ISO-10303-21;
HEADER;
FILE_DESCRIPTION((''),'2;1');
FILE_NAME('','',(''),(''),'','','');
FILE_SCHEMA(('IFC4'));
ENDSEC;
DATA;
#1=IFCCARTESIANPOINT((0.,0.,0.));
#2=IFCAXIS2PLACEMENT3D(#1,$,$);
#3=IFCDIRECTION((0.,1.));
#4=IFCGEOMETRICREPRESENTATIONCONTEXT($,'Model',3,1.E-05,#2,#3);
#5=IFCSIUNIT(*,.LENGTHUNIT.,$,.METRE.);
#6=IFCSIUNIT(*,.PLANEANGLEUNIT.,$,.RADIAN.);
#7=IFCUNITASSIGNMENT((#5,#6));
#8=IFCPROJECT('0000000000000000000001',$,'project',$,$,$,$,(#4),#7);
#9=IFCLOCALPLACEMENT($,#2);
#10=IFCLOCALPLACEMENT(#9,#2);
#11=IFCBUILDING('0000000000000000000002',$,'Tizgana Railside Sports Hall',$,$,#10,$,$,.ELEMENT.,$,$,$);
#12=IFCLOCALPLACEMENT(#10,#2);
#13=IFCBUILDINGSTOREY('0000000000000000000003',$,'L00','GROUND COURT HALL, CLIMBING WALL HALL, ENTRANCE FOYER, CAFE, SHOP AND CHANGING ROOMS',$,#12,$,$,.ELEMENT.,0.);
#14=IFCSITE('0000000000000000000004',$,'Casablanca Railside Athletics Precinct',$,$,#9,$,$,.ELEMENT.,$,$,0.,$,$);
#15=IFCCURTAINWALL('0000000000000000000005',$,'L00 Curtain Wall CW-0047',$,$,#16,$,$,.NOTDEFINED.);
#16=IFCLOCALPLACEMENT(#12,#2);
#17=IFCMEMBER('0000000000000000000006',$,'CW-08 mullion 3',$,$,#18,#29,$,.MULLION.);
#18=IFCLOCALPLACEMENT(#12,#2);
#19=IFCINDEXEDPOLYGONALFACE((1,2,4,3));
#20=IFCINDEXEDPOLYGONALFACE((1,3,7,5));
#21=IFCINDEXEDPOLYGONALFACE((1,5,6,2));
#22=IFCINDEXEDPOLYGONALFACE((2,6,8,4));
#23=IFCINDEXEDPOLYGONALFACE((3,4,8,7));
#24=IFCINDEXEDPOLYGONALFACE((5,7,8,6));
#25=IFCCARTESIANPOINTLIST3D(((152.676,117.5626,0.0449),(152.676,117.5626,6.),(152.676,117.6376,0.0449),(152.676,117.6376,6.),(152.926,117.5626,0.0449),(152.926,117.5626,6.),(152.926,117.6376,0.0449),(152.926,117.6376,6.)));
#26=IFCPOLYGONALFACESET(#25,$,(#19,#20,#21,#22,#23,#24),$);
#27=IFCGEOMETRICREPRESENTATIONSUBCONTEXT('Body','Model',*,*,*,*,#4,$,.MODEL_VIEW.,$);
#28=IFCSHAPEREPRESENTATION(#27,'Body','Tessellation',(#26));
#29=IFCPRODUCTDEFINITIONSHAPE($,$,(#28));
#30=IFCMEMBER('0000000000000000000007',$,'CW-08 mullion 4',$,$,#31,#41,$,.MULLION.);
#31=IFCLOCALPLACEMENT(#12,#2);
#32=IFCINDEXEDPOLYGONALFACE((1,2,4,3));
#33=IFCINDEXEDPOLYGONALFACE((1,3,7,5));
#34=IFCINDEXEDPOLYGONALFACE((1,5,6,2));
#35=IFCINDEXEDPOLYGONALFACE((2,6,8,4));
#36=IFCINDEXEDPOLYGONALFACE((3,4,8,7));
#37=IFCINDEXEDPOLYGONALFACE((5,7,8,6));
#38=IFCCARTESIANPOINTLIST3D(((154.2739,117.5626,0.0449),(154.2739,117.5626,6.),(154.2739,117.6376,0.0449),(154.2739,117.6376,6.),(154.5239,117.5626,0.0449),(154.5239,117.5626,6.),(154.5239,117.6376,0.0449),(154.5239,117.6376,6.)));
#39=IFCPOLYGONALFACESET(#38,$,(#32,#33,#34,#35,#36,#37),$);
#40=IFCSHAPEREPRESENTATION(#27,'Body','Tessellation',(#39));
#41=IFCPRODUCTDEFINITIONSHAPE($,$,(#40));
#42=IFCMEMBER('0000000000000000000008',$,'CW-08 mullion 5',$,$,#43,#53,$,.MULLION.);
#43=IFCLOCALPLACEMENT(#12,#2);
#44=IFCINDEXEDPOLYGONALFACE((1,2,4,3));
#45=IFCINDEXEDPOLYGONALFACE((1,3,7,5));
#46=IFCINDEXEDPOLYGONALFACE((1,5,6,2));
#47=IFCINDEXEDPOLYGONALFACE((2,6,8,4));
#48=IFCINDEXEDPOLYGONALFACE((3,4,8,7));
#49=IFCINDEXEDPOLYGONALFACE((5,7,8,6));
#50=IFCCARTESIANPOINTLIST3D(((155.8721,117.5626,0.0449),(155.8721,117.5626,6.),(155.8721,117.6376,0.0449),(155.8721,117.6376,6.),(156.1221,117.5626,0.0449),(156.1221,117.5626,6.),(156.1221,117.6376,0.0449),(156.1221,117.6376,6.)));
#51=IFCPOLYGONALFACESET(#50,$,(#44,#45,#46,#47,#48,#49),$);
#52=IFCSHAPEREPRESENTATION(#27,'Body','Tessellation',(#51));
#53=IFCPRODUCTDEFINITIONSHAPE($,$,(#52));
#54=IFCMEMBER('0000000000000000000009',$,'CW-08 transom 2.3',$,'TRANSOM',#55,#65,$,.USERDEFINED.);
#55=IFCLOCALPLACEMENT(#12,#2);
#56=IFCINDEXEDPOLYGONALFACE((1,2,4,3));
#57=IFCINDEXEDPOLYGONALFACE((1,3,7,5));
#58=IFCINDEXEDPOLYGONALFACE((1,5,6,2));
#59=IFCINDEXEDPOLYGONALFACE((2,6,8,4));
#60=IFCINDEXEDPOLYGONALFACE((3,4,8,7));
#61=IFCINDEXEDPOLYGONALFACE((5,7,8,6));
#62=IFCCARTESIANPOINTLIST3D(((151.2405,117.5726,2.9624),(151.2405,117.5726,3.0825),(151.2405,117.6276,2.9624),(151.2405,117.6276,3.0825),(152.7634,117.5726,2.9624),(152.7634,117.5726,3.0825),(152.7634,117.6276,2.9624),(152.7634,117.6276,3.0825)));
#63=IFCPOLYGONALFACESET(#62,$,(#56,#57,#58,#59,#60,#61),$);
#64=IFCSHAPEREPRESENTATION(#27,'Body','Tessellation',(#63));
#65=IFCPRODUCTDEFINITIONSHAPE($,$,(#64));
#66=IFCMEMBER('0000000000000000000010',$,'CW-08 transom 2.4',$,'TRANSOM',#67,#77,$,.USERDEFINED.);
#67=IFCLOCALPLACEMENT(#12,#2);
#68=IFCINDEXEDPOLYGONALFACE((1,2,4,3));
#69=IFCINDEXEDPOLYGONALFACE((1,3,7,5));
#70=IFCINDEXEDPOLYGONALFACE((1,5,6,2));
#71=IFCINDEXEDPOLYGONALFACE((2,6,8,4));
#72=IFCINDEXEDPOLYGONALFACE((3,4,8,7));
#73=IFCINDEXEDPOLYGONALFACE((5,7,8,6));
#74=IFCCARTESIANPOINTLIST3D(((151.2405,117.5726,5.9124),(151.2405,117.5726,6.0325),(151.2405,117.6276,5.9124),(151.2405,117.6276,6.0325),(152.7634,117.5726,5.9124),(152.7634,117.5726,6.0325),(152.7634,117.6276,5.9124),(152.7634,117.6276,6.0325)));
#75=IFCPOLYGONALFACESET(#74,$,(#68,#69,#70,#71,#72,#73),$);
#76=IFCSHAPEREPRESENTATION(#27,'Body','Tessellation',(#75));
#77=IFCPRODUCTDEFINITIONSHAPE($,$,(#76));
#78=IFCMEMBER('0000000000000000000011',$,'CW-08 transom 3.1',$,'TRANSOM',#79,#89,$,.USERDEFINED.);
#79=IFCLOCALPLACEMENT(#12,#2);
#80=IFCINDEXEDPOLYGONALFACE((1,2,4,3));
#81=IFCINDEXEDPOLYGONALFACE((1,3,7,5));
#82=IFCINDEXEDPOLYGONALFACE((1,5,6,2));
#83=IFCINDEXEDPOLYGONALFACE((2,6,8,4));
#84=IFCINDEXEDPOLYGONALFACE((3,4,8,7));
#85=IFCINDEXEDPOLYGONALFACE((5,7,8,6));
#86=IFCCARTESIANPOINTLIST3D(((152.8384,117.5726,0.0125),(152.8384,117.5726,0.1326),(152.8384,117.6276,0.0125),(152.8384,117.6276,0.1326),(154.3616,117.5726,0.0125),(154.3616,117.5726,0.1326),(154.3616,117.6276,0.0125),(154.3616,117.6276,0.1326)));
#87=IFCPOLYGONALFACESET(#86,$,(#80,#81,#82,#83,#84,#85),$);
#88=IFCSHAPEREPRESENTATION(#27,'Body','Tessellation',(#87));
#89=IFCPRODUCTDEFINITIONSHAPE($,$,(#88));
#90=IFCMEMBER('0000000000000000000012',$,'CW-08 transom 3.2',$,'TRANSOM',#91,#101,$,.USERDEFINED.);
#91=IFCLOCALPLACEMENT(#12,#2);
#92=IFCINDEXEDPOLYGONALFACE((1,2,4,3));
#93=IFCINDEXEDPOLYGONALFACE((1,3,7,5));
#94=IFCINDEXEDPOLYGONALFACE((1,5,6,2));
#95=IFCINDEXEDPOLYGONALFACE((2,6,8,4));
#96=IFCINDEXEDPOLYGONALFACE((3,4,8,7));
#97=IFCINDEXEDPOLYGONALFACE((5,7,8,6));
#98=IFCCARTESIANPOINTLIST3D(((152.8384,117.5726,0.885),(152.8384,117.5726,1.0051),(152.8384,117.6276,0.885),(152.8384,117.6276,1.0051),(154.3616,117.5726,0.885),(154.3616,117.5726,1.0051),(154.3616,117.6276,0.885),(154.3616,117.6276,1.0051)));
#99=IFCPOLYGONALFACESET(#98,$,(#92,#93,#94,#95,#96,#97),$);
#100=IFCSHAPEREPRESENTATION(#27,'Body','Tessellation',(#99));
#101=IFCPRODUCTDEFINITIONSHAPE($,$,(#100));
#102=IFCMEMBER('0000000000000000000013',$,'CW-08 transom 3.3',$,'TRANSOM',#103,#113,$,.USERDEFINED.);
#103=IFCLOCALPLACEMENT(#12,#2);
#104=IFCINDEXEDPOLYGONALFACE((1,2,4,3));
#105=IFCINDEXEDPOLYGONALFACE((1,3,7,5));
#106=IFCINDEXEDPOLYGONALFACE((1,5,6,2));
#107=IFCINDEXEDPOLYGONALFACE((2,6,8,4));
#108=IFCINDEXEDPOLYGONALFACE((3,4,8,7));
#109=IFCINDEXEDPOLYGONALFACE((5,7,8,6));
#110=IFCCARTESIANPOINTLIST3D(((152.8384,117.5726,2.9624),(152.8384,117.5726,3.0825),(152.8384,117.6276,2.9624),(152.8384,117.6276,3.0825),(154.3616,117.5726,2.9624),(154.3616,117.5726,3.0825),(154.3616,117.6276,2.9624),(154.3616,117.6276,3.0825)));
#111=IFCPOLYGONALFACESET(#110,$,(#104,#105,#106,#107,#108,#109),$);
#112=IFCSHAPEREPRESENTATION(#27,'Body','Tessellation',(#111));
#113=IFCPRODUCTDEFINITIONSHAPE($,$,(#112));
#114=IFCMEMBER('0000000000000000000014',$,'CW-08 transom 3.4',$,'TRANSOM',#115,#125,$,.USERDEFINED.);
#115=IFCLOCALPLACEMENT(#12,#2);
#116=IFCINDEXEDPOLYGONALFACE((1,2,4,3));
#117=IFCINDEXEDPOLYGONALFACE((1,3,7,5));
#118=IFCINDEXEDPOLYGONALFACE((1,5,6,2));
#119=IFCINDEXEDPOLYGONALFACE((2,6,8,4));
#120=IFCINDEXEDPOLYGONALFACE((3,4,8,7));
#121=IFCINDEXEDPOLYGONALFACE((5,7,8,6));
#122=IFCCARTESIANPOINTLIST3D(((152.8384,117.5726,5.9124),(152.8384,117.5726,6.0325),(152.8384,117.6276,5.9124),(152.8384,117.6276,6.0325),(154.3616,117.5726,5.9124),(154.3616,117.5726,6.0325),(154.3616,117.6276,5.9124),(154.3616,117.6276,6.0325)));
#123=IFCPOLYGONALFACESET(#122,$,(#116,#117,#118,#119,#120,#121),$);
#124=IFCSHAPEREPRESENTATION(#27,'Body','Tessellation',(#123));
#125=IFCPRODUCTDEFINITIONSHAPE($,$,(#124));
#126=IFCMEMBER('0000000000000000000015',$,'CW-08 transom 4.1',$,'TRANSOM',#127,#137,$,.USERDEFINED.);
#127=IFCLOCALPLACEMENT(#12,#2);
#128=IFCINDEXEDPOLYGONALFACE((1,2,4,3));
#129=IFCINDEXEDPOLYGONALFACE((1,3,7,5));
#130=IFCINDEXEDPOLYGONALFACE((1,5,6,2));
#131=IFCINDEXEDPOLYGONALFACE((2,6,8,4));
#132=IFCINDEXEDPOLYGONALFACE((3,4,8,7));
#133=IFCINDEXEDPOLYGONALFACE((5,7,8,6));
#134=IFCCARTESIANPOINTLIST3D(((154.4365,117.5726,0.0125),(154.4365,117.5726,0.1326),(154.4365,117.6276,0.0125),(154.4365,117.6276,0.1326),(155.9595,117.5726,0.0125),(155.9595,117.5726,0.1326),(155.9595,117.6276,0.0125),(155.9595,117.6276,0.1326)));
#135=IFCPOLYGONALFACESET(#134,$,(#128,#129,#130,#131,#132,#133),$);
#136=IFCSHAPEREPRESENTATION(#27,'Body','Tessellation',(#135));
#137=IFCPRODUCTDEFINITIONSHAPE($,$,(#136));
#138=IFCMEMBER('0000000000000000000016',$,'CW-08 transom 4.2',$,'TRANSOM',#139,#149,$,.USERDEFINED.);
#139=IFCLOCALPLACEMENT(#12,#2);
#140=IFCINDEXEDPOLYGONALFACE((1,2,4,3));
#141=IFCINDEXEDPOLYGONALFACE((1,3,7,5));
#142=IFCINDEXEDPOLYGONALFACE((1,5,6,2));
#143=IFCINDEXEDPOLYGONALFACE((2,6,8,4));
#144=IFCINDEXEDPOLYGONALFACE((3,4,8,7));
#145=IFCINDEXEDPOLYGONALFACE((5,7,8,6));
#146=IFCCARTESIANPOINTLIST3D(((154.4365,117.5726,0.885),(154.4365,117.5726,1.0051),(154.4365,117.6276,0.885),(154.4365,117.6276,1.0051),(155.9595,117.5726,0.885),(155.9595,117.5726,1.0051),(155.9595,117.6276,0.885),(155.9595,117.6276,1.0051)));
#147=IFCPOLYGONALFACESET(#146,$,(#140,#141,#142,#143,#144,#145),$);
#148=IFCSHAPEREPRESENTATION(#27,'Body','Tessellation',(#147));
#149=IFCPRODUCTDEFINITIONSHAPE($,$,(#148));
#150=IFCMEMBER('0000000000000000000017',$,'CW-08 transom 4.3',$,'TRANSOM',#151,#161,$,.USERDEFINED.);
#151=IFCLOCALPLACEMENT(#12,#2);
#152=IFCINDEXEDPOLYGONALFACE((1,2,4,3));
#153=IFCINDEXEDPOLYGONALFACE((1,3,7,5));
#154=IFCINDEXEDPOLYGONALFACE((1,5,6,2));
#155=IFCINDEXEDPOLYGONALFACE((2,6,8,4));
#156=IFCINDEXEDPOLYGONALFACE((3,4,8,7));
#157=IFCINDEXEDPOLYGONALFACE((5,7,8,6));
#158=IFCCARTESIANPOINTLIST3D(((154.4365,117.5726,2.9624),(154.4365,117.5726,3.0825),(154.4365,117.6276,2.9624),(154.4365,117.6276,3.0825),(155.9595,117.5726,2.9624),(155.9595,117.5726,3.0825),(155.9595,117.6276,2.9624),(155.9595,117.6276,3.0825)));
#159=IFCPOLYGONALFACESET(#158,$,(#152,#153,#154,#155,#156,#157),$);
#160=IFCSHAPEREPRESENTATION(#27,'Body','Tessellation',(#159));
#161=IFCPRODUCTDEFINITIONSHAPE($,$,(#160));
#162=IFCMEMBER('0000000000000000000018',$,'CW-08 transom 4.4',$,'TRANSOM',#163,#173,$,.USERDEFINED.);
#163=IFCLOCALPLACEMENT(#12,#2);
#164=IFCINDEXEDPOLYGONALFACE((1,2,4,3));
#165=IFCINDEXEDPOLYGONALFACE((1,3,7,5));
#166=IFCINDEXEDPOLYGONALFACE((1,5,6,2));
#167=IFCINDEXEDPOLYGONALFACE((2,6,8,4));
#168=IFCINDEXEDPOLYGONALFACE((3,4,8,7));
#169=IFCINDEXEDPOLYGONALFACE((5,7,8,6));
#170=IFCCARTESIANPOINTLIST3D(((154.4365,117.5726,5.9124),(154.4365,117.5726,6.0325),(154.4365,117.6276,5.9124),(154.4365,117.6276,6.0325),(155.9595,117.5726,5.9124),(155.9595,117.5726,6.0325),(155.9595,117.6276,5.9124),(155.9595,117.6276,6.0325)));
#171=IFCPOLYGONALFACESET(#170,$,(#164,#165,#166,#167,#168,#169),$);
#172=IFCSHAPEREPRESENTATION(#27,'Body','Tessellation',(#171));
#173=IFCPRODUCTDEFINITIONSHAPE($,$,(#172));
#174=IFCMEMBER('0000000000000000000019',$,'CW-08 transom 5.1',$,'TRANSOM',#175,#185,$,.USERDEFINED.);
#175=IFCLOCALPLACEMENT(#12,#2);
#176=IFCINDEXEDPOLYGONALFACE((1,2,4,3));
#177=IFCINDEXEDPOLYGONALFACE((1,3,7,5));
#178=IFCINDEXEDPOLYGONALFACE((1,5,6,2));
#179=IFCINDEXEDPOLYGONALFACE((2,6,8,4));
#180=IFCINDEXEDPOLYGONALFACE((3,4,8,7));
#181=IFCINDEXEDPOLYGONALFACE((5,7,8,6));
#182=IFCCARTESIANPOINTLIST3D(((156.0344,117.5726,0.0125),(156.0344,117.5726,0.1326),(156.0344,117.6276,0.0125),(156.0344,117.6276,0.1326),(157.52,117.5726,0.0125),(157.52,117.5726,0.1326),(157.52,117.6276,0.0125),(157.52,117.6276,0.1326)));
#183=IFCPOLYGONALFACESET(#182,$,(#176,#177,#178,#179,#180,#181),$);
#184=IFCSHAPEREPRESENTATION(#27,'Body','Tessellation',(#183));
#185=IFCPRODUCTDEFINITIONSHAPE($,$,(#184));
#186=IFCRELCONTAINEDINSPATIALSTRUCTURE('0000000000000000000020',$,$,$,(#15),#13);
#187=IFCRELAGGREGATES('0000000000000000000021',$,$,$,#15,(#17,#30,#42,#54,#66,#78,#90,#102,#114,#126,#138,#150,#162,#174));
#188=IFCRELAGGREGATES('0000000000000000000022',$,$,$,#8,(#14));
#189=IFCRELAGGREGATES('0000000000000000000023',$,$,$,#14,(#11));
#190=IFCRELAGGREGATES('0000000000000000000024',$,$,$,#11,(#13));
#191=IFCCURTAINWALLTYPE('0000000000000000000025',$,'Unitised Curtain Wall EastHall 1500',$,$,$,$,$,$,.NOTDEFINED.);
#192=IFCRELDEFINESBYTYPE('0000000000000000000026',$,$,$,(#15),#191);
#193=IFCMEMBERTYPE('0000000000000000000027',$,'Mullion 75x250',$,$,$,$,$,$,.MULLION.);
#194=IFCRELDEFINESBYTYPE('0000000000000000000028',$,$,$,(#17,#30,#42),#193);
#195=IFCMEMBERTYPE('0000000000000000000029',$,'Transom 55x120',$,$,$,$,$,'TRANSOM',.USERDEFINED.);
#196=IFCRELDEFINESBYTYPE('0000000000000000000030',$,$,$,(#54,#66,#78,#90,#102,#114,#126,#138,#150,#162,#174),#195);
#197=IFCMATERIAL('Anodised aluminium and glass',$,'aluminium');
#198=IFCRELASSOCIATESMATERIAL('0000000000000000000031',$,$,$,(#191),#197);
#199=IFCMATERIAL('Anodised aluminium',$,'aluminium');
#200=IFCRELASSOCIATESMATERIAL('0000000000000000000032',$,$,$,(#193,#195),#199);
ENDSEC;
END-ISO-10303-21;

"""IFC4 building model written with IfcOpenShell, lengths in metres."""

from ifc_helpers import new_model, si_unit, direction, frame, origin, origin_2d, place, context, subcontext, project, spatial, rectangle, extrude, material, material_profile, profile_set, type_object, element, aggregate, save


model = new_model("IFC4")

# Units and contexts
model_context = context("Model", 3, precision=1e-05, world=origin(), true_north=direction((0.0, 1.0)))
body_context = subcontext(model_context, "Body", "Model", "MODEL_VIEW")
ifc_project = project(units=[si_unit("LENGTHUNIT", "METRE"), si_unit("PLANEANGLEUNIT", "RADIAN")], contexts=[model_context])

# Site, building, storey
site_placement = place(None, origin())
site = spatial("IfcSite", under=ifc_project, at=site_placement, Name="Casablanca Railside Athletics Precinct", CompositionType="ELEMENT", RefElevation=0.0)
building_placement = place(site_placement, origin())
building = spatial("IfcBuilding", under=site, at=building_placement, Name="Tizgana Railside Sports Hall", CompositionType="ELEMENT")
storey_placement = place(building_placement, origin())
storey = spatial("IfcBuildingStorey", under=building, at=storey_placement, Name="L00", Description="GROUND COURT HALL, CLIMBING WALL HALL, ENTRANCE FOYER, CAFE, SHOP AND CHANGING ROOMS", CompositionType="ELEMENT", Elevation=0.0)

# Curtain wall, members
ifc_material_1 = material(Name="Anodised aluminium and glass", Category="aluminium")
curtain_wall_type = type_object("IfcCurtainWallType", Name="Unitised Curtain Wall EastHall 1500", PredefinedType="NOTDEFINED", material=ifc_material_1)
curtain_wall_placement = place(storey_placement, origin())
curtain_wall = element("IfcCurtainWall", 1, at=curtain_wall_placement, inside=storey, type_object=curtain_wall_type, Name="L00 Curtain Wall CW-0047", PredefinedType="NOTDEFINED")
ifc_material_2 = material(Name="Anodised aluminium", Category="aluminium")
ifc_material_profile_1 = material_profile(ifc_material_2, rectangle(XDim=0.075, YDim=0.25, at=origin_2d()), Name="Mullion 75x250")
ifc_profile_set_1 = profile_set([ifc_material_profile_1], Name="Anodised aluminium")
member_type_1 = type_object("IfcMemberType", Name="Mullion 75x250", PredefinedType="MULLION", material=ifc_profile_set_1)
member_1_placement = place(storey_placement, frame((152.801, 117.6001, 0.0449), z_axis=(0.0, 0.0, 1.0), x_axis=(0.0, 1.0, 0.0)))
member_1 = element("IfcMember", 2, at=member_1_placement, type_object=member_type_1, Name="CW-08 mullion 3", PredefinedType="MULLION", context=body_context, shape_type="SweptSolid", body=[
    extrude(rectangle(XDim=0.075, YDim=0.25, at=origin_2d()), origin(), (0.0, 0.0, 1.0), 5.9551),
])
member_2_placement = place(storey_placement, frame((154.3989, 117.6001, 0.0449), z_axis=(0.0, 0.0, 1.0), x_axis=(0.0, 1.0, 0.0)))
member_2 = element("IfcMember", 3, at=member_2_placement, type_object=member_type_1, Name="CW-08 mullion 4", PredefinedType="MULLION", context=body_context, shape_type="SweptSolid", body=[
    extrude(rectangle(XDim=0.075, YDim=0.25, at=origin_2d()), origin(), (0.0, 0.0, 1.0), 5.9551),
])
member_3_placement = place(storey_placement, frame((155.9971, 117.6001, 0.0449), z_axis=(0.0, 0.0, 1.0), x_axis=(0.0, 1.0, 0.0)))
member_3 = element("IfcMember", 4, at=member_3_placement, type_object=member_type_1, Name="CW-08 mullion 5", PredefinedType="MULLION", context=body_context, shape_type="SweptSolid", body=[
    extrude(rectangle(XDim=0.075, YDim=0.25, at=origin_2d()), origin(), (0.0, 0.0, 1.0), 5.9551),
])
ifc_material_profile_2 = material_profile(ifc_material_2, rectangle(XDim=0.0549, YDim=0.1201, at=origin_2d()), Name="Transom 55x120")
ifc_profile_set_2 = profile_set([ifc_material_profile_2], Name="Anodised aluminium")
member_type_2 = type_object("IfcMemberType", Name="Transom 55x120", ElementType="TRANSOM", PredefinedType="USERDEFINED", material=ifc_profile_set_2)
member_4_placement = place(storey_placement, frame((151.2405, 117.6001, 3.0225), z_axis=(1.0, 0.0, 0.0), x_axis=(0.0, 1.0, 0.0)))
member_4 = element("IfcMember", 5, at=member_4_placement, type_object=member_type_2, Name="CW-08 transom 2.3", ObjectType="TRANSOM", PredefinedType="USERDEFINED", context=body_context, shape_type="SweptSolid", body=[
    extrude(rectangle(XDim=0.0549, YDim=0.1201, at=origin_2d()), origin(), (0.0, 0.0, 1.0), 1.5229),
])
member_5_placement = place(storey_placement, frame((151.2405, 117.6001, 5.9724), z_axis=(1.0, 0.0, 0.0), x_axis=(0.0, 1.0, 0.0)))
member_5 = element("IfcMember", 6, at=member_5_placement, type_object=member_type_2, Name="CW-08 transom 2.4", ObjectType="TRANSOM", PredefinedType="USERDEFINED", context=body_context, shape_type="SweptSolid", body=[
    extrude(rectangle(XDim=0.0549, YDim=0.1201, at=origin_2d()), origin(), (0.0, 0.0, 1.0), 1.5229),
])
member_6_placement = place(storey_placement, frame((152.8384, 117.6001, 0.0725), z_axis=(1.0, 0.0, 0.0), x_axis=(0.0, 1.0, 0.0)))
member_6 = element("IfcMember", 7, at=member_6_placement, type_object=member_type_2, Name="CW-08 transom 3.1", ObjectType="TRANSOM", PredefinedType="USERDEFINED", context=body_context, shape_type="SweptSolid", body=[
    extrude(rectangle(XDim=0.0549, YDim=0.1201, at=origin_2d()), origin(), (0.0, 0.0, 1.0), 1.5232),
])
member_7_placement = place(storey_placement, frame((152.8384, 117.6001, 0.9451), z_axis=(1.0, 0.0, 0.0), x_axis=(0.0, 1.0, 0.0)))
member_7 = element("IfcMember", 8, at=member_7_placement, type_object=member_type_2, Name="CW-08 transom 3.2", ObjectType="TRANSOM", PredefinedType="USERDEFINED", context=body_context, shape_type="SweptSolid", body=[
    extrude(rectangle(XDim=0.0549, YDim=0.1201, at=origin_2d()), origin(), (0.0, 0.0, 1.0), 1.5232),
])
member_8_placement = place(storey_placement, frame((152.8384, 117.6001, 3.0225), z_axis=(1.0, 0.0, 0.0), x_axis=(0.0, 1.0, 0.0)))
member_8 = element("IfcMember", 9, at=member_8_placement, type_object=member_type_2, Name="CW-08 transom 3.3", ObjectType="TRANSOM", PredefinedType="USERDEFINED", context=body_context, shape_type="SweptSolid", body=[
    extrude(rectangle(XDim=0.0549, YDim=0.1201, at=origin_2d()), origin(), (0.0, 0.0, 1.0), 1.5232),
])
member_9_placement = place(storey_placement, frame((152.8384, 117.6001, 5.9724), z_axis=(1.0, 0.0, 0.0), x_axis=(0.0, 1.0, 0.0)))
member_9 = element("IfcMember", 10, at=member_9_placement, type_object=member_type_2, Name="CW-08 transom 3.4", ObjectType="TRANSOM", PredefinedType="USERDEFINED", context=body_context, shape_type="SweptSolid", body=[
    extrude(rectangle(XDim=0.0549, YDim=0.1201, at=origin_2d()), origin(), (0.0, 0.0, 1.0), 1.5232),
])
member_10_placement = place(storey_placement, frame((154.4365, 117.6001, 0.0725), z_axis=(1.0, 0.0, 0.0), x_axis=(0.0, 1.0, 0.0)))
member_10 = element("IfcMember", 11, at=member_10_placement, type_object=member_type_2, Name="CW-08 transom 4.1", ObjectType="TRANSOM", PredefinedType="USERDEFINED", context=body_context, shape_type="SweptSolid", body=[
    extrude(rectangle(XDim=0.0549, YDim=0.1201, at=origin_2d()), origin(), (0.0, 0.0, 1.0), 1.5229),
])
member_11_placement = place(storey_placement, frame((154.4365, 117.6001, 0.9451), z_axis=(1.0, 0.0, 0.0), x_axis=(0.0, 1.0, 0.0)))
member_11 = element("IfcMember", 12, at=member_11_placement, type_object=member_type_2, Name="CW-08 transom 4.2", ObjectType="TRANSOM", PredefinedType="USERDEFINED", context=body_context, shape_type="SweptSolid", body=[
    extrude(rectangle(XDim=0.0549, YDim=0.1201, at=origin_2d()), origin(), (0.0, 0.0, 1.0), 1.5229),
])
member_12_placement = place(storey_placement, frame((154.4365, 117.6001, 3.0225), z_axis=(1.0, 0.0, 0.0), x_axis=(0.0, 1.0, 0.0)))
member_12 = element("IfcMember", 13, at=member_12_placement, type_object=member_type_2, Name="CW-08 transom 4.3", ObjectType="TRANSOM", PredefinedType="USERDEFINED", context=body_context, shape_type="SweptSolid", body=[
    extrude(rectangle(XDim=0.0549, YDim=0.1201, at=origin_2d()), origin(), (0.0, 0.0, 1.0), 1.5229),
])
member_13_placement = place(storey_placement, frame((154.4365, 117.6001, 5.9724), z_axis=(1.0, 0.0, 0.0), x_axis=(0.0, 1.0, 0.0)))
member_13 = element("IfcMember", 14, at=member_13_placement, type_object=member_type_2, Name="CW-08 transom 4.4", ObjectType="TRANSOM", PredefinedType="USERDEFINED", context=body_context, shape_type="SweptSolid", body=[
    extrude(rectangle(XDim=0.0549, YDim=0.1201, at=origin_2d()), origin(), (0.0, 0.0, 1.0), 1.5229),
])
member_14_placement = place(storey_placement, frame((156.0344, 117.6001, 0.0725), z_axis=(1.0, 0.0, 0.0), x_axis=(0.0, 1.0, 0.0)))
member_14 = element("IfcMember", 15, at=member_14_placement, type_object=member_type_2, Name="CW-08 transom 5.1", ObjectType="TRANSOM", PredefinedType="USERDEFINED", context=body_context, shape_type="SweptSolid", body=[
    extrude(rectangle(XDim=0.0549, YDim=0.1201, at=origin_2d()), origin(), (0.0, 0.0, 1.0), 1.4856),
])
aggregate(curtain_wall, [member_1, member_2, member_3, member_4, member_5, member_6, member_7, member_8, member_9, member_10, member_11, member_12, member_13, member_14])

save(model, "model.ifc")
